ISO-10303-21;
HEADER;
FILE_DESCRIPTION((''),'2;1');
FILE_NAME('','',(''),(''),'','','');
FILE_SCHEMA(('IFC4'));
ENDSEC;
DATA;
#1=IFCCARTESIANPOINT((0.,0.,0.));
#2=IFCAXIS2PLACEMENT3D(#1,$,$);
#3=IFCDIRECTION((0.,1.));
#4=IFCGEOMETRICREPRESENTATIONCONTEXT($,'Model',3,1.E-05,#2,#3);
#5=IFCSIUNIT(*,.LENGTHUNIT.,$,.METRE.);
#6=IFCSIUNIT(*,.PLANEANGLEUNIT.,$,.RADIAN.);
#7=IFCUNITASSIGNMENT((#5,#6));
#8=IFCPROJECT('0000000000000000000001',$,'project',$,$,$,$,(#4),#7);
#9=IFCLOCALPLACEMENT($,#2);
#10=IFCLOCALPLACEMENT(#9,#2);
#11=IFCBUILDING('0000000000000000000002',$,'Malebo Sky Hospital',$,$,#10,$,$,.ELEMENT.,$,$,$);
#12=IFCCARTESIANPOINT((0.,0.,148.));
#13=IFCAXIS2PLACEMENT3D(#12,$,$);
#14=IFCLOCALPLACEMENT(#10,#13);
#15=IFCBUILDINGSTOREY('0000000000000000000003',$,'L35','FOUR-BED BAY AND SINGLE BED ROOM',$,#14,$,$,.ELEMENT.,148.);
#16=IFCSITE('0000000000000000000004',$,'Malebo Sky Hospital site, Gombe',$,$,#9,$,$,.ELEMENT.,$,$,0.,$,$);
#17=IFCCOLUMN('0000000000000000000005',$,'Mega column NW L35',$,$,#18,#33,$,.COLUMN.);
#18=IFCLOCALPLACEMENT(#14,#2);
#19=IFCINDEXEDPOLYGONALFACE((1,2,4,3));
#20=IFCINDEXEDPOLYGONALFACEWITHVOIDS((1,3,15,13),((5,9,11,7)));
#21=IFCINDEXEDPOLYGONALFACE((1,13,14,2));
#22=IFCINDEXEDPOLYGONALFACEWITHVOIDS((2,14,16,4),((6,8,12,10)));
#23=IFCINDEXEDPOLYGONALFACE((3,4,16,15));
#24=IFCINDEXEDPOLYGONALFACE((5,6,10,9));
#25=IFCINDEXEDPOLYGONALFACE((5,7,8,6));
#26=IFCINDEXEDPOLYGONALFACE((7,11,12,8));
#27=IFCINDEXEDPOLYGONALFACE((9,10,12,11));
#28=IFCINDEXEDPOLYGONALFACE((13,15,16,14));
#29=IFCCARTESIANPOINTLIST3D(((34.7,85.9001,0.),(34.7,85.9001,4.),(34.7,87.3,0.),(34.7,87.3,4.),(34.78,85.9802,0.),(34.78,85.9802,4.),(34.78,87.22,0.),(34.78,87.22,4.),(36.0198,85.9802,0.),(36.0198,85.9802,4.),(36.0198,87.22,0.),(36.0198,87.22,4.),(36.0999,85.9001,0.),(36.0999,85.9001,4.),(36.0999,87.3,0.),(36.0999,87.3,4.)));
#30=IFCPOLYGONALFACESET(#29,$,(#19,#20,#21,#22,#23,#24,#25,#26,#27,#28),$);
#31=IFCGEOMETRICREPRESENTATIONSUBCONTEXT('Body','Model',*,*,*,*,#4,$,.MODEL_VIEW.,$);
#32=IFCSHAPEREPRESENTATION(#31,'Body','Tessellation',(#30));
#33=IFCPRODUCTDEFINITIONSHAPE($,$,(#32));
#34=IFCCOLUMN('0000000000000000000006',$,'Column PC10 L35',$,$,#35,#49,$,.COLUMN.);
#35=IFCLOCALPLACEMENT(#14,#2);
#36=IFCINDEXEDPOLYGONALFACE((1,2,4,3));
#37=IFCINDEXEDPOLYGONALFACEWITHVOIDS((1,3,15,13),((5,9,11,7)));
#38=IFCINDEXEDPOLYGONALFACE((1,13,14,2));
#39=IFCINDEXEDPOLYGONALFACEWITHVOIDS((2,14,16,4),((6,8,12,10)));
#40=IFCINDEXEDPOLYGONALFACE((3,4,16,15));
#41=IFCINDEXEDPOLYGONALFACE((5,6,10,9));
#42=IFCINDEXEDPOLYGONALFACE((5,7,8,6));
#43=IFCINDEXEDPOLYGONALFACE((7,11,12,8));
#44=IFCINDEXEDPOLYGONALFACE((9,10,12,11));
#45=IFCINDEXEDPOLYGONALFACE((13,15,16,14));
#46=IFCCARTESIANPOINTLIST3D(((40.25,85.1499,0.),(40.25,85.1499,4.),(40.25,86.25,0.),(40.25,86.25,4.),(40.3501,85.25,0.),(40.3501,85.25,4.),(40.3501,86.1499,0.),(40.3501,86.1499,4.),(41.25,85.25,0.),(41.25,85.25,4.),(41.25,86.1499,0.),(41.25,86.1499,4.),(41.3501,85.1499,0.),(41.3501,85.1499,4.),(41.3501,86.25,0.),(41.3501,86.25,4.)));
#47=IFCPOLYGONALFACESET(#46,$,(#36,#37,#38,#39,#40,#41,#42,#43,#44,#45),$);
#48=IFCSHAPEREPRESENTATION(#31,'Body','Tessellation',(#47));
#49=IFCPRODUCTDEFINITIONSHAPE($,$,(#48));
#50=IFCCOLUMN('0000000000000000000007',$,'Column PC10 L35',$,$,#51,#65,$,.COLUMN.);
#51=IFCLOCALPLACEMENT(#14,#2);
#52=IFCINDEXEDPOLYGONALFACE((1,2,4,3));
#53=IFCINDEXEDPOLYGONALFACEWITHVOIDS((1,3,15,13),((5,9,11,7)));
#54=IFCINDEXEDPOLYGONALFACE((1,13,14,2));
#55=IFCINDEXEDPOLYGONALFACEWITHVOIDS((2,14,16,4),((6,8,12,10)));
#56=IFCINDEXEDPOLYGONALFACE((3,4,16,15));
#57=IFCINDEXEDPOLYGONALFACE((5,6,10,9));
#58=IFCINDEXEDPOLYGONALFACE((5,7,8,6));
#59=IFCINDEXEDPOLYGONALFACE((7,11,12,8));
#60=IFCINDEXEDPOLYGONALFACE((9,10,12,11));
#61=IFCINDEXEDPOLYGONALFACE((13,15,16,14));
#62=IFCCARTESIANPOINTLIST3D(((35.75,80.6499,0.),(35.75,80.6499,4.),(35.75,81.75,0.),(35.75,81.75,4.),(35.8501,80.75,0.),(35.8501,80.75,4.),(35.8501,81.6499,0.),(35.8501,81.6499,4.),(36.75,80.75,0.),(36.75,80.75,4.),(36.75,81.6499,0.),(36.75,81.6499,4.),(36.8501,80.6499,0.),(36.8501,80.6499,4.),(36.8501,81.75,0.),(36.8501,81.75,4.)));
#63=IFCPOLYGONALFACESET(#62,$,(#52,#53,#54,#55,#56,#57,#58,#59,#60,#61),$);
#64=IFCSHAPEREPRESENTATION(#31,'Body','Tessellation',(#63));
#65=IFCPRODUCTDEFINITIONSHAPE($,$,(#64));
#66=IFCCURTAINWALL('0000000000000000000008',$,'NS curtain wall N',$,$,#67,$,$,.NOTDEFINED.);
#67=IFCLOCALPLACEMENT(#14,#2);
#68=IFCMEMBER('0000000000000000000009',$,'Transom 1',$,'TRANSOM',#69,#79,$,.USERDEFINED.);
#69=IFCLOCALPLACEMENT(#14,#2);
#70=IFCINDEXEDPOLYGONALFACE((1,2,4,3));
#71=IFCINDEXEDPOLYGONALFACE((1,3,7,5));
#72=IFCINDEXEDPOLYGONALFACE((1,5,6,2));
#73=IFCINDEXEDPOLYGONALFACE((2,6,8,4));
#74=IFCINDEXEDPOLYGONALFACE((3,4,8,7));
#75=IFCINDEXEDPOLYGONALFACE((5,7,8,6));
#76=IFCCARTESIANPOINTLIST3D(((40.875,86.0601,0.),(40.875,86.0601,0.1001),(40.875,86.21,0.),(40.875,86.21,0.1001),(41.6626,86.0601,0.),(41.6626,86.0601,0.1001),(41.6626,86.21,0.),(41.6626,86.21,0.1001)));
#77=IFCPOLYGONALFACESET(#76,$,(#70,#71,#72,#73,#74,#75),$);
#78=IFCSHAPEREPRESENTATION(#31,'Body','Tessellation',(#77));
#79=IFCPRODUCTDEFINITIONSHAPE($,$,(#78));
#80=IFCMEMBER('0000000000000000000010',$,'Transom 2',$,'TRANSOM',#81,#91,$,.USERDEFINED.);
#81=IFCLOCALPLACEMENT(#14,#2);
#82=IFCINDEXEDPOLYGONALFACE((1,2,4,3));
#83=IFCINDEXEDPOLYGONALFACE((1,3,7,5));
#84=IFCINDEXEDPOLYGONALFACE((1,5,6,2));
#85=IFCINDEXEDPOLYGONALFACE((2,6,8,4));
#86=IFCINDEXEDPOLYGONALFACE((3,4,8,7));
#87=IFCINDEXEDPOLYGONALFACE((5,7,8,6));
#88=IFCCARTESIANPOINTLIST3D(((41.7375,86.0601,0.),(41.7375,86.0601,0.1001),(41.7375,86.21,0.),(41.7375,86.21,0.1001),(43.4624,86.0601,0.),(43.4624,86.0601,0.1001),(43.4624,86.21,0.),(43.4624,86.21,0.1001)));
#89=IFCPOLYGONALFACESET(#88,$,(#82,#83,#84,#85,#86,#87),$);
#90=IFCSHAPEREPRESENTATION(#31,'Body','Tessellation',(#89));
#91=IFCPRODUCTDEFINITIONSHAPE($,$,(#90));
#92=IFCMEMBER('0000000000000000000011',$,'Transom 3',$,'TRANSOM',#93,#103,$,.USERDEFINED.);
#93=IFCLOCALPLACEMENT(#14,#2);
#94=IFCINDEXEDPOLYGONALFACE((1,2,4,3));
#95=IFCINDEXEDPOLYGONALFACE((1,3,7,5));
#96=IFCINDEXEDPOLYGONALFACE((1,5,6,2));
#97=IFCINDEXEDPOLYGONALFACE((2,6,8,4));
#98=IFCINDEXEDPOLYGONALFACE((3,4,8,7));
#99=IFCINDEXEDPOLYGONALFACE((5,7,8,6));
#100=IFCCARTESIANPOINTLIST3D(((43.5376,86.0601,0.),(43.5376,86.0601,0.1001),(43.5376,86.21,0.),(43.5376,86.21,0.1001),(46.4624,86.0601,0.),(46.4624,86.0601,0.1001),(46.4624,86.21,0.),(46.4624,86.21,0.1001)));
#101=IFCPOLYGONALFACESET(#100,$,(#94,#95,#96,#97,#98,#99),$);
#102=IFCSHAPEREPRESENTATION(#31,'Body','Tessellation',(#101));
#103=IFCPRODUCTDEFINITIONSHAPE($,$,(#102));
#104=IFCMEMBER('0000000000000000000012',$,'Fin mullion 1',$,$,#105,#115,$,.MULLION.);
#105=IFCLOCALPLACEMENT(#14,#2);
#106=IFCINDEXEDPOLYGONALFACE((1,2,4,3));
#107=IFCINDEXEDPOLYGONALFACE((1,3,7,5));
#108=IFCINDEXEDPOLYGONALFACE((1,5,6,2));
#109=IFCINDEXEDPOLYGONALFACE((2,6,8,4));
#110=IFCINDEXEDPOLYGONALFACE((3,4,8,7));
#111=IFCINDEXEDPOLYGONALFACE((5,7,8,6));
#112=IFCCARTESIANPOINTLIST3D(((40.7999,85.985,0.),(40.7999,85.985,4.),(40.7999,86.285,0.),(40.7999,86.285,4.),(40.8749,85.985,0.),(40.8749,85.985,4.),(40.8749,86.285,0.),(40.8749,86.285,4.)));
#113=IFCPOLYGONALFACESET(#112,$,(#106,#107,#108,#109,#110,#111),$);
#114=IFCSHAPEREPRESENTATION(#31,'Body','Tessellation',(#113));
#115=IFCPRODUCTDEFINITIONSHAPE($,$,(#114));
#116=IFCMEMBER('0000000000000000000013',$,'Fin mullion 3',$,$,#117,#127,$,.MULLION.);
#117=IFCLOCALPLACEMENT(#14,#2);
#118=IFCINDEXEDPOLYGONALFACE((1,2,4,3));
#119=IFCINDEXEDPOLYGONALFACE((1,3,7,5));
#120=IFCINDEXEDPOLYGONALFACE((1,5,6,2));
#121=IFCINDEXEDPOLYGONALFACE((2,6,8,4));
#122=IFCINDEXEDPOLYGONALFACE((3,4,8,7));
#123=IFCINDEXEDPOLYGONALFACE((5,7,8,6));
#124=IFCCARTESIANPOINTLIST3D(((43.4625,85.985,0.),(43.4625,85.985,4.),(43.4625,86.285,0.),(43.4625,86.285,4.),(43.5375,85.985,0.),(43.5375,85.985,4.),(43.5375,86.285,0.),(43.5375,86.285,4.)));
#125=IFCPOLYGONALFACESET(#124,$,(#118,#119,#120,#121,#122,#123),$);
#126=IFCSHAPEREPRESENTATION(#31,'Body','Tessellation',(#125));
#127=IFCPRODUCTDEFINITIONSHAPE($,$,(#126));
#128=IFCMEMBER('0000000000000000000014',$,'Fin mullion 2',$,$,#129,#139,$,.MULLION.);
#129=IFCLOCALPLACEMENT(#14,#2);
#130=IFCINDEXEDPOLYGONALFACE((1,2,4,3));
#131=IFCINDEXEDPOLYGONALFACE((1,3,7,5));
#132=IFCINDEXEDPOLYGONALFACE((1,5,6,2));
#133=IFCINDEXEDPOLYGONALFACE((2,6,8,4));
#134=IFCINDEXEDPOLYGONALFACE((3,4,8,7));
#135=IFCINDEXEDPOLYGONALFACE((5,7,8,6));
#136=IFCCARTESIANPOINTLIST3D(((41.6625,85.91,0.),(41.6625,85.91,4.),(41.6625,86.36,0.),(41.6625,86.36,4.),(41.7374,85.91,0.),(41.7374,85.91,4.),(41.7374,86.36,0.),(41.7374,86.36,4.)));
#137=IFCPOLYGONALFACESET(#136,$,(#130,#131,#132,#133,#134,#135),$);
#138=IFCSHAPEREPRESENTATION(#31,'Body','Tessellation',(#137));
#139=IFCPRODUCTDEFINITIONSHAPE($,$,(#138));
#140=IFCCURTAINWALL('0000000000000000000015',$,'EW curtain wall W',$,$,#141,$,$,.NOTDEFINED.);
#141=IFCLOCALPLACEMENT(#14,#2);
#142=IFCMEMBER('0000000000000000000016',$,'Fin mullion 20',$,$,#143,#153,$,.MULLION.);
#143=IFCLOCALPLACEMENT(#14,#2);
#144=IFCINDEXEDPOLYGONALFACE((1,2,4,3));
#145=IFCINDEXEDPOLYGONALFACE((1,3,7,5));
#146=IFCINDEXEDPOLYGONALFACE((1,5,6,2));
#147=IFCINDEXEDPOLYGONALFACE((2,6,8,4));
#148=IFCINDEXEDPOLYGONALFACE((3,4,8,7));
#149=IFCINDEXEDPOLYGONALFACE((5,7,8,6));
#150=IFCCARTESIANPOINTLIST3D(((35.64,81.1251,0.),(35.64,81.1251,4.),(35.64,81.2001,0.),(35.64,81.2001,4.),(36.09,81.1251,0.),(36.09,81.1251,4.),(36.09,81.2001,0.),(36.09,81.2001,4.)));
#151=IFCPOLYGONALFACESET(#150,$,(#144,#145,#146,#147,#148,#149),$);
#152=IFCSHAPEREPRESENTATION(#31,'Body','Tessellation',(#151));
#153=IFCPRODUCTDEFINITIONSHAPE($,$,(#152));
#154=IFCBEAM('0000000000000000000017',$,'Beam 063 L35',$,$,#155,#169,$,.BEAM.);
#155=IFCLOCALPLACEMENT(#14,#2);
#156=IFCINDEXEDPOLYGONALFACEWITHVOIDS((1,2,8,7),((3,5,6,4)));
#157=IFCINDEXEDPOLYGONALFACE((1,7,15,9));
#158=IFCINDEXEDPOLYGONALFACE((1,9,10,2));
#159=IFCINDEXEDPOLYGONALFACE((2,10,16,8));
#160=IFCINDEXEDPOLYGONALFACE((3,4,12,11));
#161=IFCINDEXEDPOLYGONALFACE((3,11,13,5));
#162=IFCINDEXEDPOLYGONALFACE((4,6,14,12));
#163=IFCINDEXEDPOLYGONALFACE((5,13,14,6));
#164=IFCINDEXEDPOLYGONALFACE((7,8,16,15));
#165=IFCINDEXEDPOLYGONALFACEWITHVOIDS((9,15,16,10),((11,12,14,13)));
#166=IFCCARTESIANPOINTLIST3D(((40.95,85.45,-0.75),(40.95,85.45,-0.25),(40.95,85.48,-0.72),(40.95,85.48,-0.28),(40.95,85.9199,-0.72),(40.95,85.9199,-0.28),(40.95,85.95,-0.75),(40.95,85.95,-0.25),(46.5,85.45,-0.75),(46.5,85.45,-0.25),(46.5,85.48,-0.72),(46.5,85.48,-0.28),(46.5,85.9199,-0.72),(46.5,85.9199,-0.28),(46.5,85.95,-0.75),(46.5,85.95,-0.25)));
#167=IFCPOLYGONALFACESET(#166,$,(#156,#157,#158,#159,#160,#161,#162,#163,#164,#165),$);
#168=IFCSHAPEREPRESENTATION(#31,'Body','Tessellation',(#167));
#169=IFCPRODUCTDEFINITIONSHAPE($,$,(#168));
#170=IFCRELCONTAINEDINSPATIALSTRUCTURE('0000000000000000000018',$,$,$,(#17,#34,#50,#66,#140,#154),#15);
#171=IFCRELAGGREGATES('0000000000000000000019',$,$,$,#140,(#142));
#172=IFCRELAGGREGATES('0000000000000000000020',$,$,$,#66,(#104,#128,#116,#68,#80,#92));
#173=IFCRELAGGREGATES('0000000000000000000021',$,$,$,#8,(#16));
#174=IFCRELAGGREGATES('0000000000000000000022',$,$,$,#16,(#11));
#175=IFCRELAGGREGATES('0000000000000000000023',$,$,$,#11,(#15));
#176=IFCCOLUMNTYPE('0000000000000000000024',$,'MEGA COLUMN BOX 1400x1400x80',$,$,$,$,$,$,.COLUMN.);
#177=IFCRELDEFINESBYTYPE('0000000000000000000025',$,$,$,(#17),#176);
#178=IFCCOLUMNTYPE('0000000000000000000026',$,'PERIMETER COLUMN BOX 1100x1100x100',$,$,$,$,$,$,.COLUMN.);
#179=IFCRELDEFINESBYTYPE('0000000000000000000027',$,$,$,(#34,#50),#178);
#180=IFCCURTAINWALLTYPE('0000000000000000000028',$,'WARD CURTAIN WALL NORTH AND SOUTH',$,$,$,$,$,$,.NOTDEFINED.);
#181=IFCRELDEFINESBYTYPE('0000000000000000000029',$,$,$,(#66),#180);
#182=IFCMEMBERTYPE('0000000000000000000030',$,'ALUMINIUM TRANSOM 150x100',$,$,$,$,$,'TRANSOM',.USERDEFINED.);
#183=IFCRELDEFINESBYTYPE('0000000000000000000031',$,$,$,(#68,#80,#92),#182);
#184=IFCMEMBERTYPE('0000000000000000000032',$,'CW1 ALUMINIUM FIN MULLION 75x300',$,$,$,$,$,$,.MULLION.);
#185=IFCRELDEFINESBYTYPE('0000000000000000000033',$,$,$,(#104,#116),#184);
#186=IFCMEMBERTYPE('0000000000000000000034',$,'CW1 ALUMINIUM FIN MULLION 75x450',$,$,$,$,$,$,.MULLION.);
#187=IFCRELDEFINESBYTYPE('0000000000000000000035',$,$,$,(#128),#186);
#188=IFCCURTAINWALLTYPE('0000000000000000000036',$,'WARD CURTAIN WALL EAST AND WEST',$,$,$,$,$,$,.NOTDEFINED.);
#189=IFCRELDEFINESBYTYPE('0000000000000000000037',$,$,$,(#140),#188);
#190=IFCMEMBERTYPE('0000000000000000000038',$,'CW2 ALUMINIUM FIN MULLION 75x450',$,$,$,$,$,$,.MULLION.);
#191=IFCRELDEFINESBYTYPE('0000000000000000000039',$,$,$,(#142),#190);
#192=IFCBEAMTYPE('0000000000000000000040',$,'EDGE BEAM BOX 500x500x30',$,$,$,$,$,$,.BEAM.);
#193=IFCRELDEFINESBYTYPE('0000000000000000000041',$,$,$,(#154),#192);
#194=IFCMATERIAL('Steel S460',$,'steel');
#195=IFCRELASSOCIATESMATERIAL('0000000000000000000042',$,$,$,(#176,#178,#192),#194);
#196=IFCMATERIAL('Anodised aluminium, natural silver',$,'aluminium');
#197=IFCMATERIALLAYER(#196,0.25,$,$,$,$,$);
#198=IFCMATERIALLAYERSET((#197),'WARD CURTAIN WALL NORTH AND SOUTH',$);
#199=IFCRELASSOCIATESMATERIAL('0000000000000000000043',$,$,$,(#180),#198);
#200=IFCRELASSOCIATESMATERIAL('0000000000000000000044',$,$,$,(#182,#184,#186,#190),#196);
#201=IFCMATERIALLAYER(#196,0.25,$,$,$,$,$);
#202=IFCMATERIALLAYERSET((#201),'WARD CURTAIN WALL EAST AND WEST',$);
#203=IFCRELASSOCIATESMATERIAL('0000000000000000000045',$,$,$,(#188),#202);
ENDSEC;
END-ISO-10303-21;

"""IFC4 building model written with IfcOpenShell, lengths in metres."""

from ifc_helpers import new_model, si_unit, direction, frame, origin, origin_2d, place, context, subcontext, project, spatial, rectangle, hollow_rectangle, extrude, material, layer, layer_set, material_profile, profile_set, type_object, element, aggregate, save


model = new_model("IFC4")

# Units and contexts
model_context = context("Model", 3, precision=1e-05, world=origin(), true_north=direction((0.0, 1.0)))
body_context = subcontext(model_context, "Body", "Model", "MODEL_VIEW")
ifc_project = project(units=[si_unit("LENGTHUNIT", "METRE"), si_unit("PLANEANGLEUNIT", "RADIAN")], contexts=[model_context])

# Site, building, storey
site_placement = place(None, origin())
site = spatial("IfcSite", under=ifc_project, at=site_placement, Name="Malebo Sky Hospital site, Gombe", CompositionType="ELEMENT", RefElevation=0.0)
building_placement = place(site_placement, origin())
building = spatial("IfcBuilding", under=site, at=building_placement, Name="Malebo Sky Hospital", CompositionType="ELEMENT")
storey_placement = place(building_placement, frame((0.0, 0.0, 148.0)))
storey = spatial("IfcBuildingStorey", under=building, at=storey_placement, Name="L35", Description="FOUR-BED BAY AND SINGLE BED ROOM", CompositionType="ELEMENT", Elevation=148.0)

# Columns
ifc_material_1 = material(Name="Steel S460", Category="steel")
ifc_material_profile_1 = material_profile(ifc_material_1, hollow_rectangle(XDim=1.3999, YDim=1.3999, WallThickness=0.0801, at=origin_2d()), Name="BOX 1400x1400x80")
ifc_profile_set_1 = profile_set([ifc_material_profile_1], Name="Steel S460")
column_type_1 = type_object("IfcColumnType", Name="MEGA COLUMN BOX 1400x1400x80", PredefinedType="COLUMN", material=ifc_profile_set_1)
column_placement = place(storey_placement, frame((35.3999, 86.6001, 0.0), z_axis=(0.0, 0.0, 1.0), x_axis=(1.0, 0.0, 0.0)))
element("IfcColumn", 1, at=column_placement, inside=storey, type_object=column_type_1, Name="Mega column NW L35", PredefinedType="COLUMN", context=body_context, shape_type="SweptSolid", body=[
    extrude(hollow_rectangle(XDim=1.3999, YDim=1.3999, WallThickness=0.0801, at=origin_2d()), origin(), (0.0, 0.0, 1.0), 4.0),
])
ifc_material_profile_2 = material_profile(ifc_material_1, hollow_rectangle(XDim=1.1001, YDim=1.1001, WallThickness=0.1001, at=origin_2d()), Name="BOX 1100x1100x100")
ifc_profile_set_2 = profile_set([ifc_material_profile_2], Name="Steel S460")
column_type_2 = type_object("IfcColumnType", Name="PERIMETER COLUMN BOX 1100x1100x100", PredefinedType="COLUMN", material=ifc_profile_set_2)
for number, where, z_axis, x_axis, name in (
    (2, (40.8, 85.7, 0.0), (0.0, 0.0, 1.0), (1.0, 0.0, 0.0), "Column PC10 L35"),
    (3, (36.3, 81.2, 0.0), (0.0, 0.0, 1.0), (1.0, 0.0, 0.0), "Column PC10 L35"),
):
    element("IfcColumn", number, at=place(storey_placement, frame(where, z_axis=z_axis, x_axis=x_axis)), inside=storey, type_object=column_type_2, Name=name, PredefinedType="COLUMN", context=body_context, shape_type="SweptSolid", body=[
        extrude(hollow_rectangle(XDim=1.1001, YDim=1.1001, WallThickness=0.1001, at=origin_2d()), origin(), (0.0, 0.0, 1.0), 4.0),
    ])

# Curtain wall, members
ifc_material_2 = material(Name="Anodised aluminium, natural silver", Category="aluminium")
ifc_layer_1 = layer(ifc_material_2, 0.25)
ifc_layer_set_1 = layer_set([ifc_layer_1], Name="WARD CURTAIN WALL NORTH AND SOUTH")
curtain_wall_type_1 = type_object("IfcCurtainWallType", Name="WARD CURTAIN WALL NORTH AND SOUTH", PredefinedType="NOTDEFINED", material=ifc_layer_set_1)
curtain_wall_1_placement = place(storey_placement, origin())
curtain_wall_1 = element("IfcCurtainWall", 4, at=curtain_wall_1_placement, inside=storey, type_object=curtain_wall_type_1, Name="NS curtain wall N", PredefinedType="NOTDEFINED")
ifc_material_profile_3 = material_profile(ifc_material_2, rectangle(XDim=0.1499, YDim=0.1001, at=origin_2d()), Name="ALUMINIUM TRANSOM 150x100")
ifc_profile_set_3 = profile_set([ifc_material_profile_3], Name="Anodised aluminium, natural silver")
member_type_1 = type_object("IfcMemberType", Name="ALUMINIUM TRANSOM 150x100", ElementType="TRANSOM", PredefinedType="USERDEFINED", material=ifc_profile_set_3)
member_1_placement = place(storey_placement, frame((40.875, 86.135, 0.05), z_axis=(1.0, 0.0, 0.0), x_axis=(0.0, 1.0, 0.0)))
member_1 = element("IfcMember", 5, at=member_1_placement, type_object=member_type_1, Name="Transom 1", ObjectType="TRANSOM", PredefinedType="USERDEFINED", context=body_context, shape_type="SweptSolid", body=[
    extrude(rectangle(XDim=0.1499, YDim=0.1001, at=origin_2d()), origin(), (0.0, 0.0, 1.0), 0.7876),
])
member_2_placement = place(storey_placement, frame((41.7375, 86.135, 0.05), z_axis=(1.0, 0.0, 0.0), x_axis=(0.0, 1.0, 0.0)))
member_2 = element("IfcMember", 6, at=member_2_placement, type_object=member_type_1, Name="Transom 2", ObjectType="TRANSOM", PredefinedType="USERDEFINED", context=body_context, shape_type="SweptSolid", body=[
    extrude(rectangle(XDim=0.1499, YDim=0.1001, at=origin_2d()), origin(), (0.0, 0.0, 1.0), 1.7249),
])
member_3_placement = place(storey_placement, frame((43.5376, 86.135, 0.05), z_axis=(1.0, 0.0, 0.0), x_axis=(0.0, 1.0, 0.0)))
member_3 = element("IfcMember", 7, at=member_3_placement, type_object=member_type_1, Name="Transom 3", ObjectType="TRANSOM", PredefinedType="USERDEFINED", context=body_context, shape_type="SweptSolid", body=[
    extrude(rectangle(XDim=0.1499, YDim=0.1001, at=origin_2d()), origin(), (0.0, 0.0, 1.0), 2.9248),
])
ifc_material_profile_4 = material_profile(ifc_material_2, rectangle(XDim=0.075, YDim=0.3, at=origin_2d()), Name="CW1 ALUMINIUM FIN MULLION 75x300")
ifc_profile_set_4 = profile_set([ifc_material_profile_4], Name="Anodised aluminium, natural silver")
member_type_2 = type_object("IfcMemberType", Name="CW1 ALUMINIUM FIN MULLION 75x300", PredefinedType="MULLION", material=ifc_profile_set_4)
member_4_placement = place(storey_placement, frame((40.8374, 86.135, 0.0), z_axis=(0.0, 0.0, 1.0), x_axis=(1.0, 0.0, 0.0)))
member_4 = element("IfcMember", 8, at=member_4_placement, type_object=member_type_2, Name="Fin mullion 1", PredefinedType="MULLION", context=body_context, shape_type="SweptSolid", body=[
    extrude(rectangle(XDim=0.075, YDim=0.3, at=origin_2d()), origin(), (0.0, 0.0, 1.0), 4.0),
])
member_5_placement = place(storey_placement, frame((43.5, 86.135, 0.0), z_axis=(0.0, 0.0, 1.0), x_axis=(1.0, 0.0, 0.0)))
member_5 = element("IfcMember", 9, at=member_5_placement, type_object=member_type_2, Name="Fin mullion 3", PredefinedType="MULLION", context=body_context, shape_type="SweptSolid", body=[
    extrude(rectangle(XDim=0.075, YDim=0.3, at=origin_2d()), origin(), (0.0, 0.0, 1.0), 4.0),
])
ifc_material_profile_5 = material_profile(ifc_material_2, rectangle(XDim=0.075, YDim=0.45, at=origin_2d()), Name="CW1 ALUMINIUM FIN MULLION 75x450")
ifc_profile_set_5 = profile_set([ifc_material_profile_5], Name="Anodised aluminium, natural silver")
member_type_3 = type_object("IfcMemberType", Name="CW1 ALUMINIUM FIN MULLION 75x450", PredefinedType="MULLION", material=ifc_profile_set_5)
member_6_placement = place(storey_placement, frame((41.7, 86.135, 0.0), z_axis=(0.0, 0.0, 1.0), x_axis=(1.0, 0.0, 0.0)))
member_6 = element("IfcMember", 10, at=member_6_placement, type_object=member_type_3, Name="Fin mullion 2", PredefinedType="MULLION", context=body_context, shape_type="SweptSolid", body=[
    extrude(rectangle(XDim=0.075, YDim=0.45, at=origin_2d()), origin(), (0.0, 0.0, 1.0), 4.0),
])

# Curtain wall, member
ifc_layer_2 = layer(ifc_material_2, 0.25)
ifc_layer_set_2 = layer_set([ifc_layer_2], Name="WARD CURTAIN WALL EAST AND WEST")
curtain_wall_type_2 = type_object("IfcCurtainWallType", Name="WARD CURTAIN WALL EAST AND WEST", PredefinedType="NOTDEFINED", material=ifc_layer_set_2)
curtain_wall_2_placement = place(storey_placement, origin())
curtain_wall_2 = element("IfcCurtainWall", 11, at=curtain_wall_2_placement, inside=storey, type_object=curtain_wall_type_2, Name="EW curtain wall W", PredefinedType="NOTDEFINED")
ifc_material_profile_6 = material_profile(ifc_material_2, rectangle(XDim=0.075, YDim=0.45, at=origin_2d()), Name="CW2 ALUMINIUM FIN MULLION 75x450")
ifc_profile_set_6 = profile_set([ifc_material_profile_6], Name="Anodised aluminium, natural silver")
member_type_4 = type_object("IfcMemberType", Name="CW2 ALUMINIUM FIN MULLION 75x450", PredefinedType="MULLION", material=ifc_profile_set_6)
member_7_placement = place(storey_placement, frame((35.865, 81.1626, 0.0), z_axis=(0.0, 0.0, 1.0), x_axis=(0.0, 1.0, 0.0)))
member_7 = element("IfcMember", 12, at=member_7_placement, type_object=member_type_4, Name="Fin mullion 20", PredefinedType="MULLION", context=body_context, shape_type="SweptSolid", body=[
    extrude(rectangle(XDim=0.075, YDim=0.45, at=origin_2d()), origin(), (0.0, 0.0, 1.0), 4.0),
])
aggregate(curtain_wall_2, [member_7])

# Beam
ifc_material_profile_7 = material_profile(ifc_material_1, hollow_rectangle(XDim=0.5, YDim=0.5, WallThickness=0.03, at=origin_2d()), Name="BOX 500x500x30")
ifc_profile_set_7 = profile_set([ifc_material_profile_7], Name="Steel S460")
beam_type_1 = type_object("IfcBeamType", Name="EDGE BEAM BOX 500x500x30", PredefinedType="BEAM", material=ifc_profile_set_7)
beam_1_placement = place(storey_placement, frame((40.95, 85.7, -0.5), z_axis=(1.0, 0.0, 0.0), x_axis=(0.0, 1.0, 0.0)))
element("IfcBeam", 13, at=beam_1_placement, inside=storey, type_object=beam_type_1, Name="Beam 063 L35", PredefinedType="BEAM", context=body_context, shape_type="SweptSolid", body=[
    extrude(hollow_rectangle(XDim=0.5, YDim=0.5, WallThickness=0.03, at=origin_2d()), origin(), (0.0, 0.0, 1.0), 5.55),
])

aggregate(curtain_wall_1, [member_4, member_6, member_5, member_1, member_2, member_3])

save(model, "model.ifc")
